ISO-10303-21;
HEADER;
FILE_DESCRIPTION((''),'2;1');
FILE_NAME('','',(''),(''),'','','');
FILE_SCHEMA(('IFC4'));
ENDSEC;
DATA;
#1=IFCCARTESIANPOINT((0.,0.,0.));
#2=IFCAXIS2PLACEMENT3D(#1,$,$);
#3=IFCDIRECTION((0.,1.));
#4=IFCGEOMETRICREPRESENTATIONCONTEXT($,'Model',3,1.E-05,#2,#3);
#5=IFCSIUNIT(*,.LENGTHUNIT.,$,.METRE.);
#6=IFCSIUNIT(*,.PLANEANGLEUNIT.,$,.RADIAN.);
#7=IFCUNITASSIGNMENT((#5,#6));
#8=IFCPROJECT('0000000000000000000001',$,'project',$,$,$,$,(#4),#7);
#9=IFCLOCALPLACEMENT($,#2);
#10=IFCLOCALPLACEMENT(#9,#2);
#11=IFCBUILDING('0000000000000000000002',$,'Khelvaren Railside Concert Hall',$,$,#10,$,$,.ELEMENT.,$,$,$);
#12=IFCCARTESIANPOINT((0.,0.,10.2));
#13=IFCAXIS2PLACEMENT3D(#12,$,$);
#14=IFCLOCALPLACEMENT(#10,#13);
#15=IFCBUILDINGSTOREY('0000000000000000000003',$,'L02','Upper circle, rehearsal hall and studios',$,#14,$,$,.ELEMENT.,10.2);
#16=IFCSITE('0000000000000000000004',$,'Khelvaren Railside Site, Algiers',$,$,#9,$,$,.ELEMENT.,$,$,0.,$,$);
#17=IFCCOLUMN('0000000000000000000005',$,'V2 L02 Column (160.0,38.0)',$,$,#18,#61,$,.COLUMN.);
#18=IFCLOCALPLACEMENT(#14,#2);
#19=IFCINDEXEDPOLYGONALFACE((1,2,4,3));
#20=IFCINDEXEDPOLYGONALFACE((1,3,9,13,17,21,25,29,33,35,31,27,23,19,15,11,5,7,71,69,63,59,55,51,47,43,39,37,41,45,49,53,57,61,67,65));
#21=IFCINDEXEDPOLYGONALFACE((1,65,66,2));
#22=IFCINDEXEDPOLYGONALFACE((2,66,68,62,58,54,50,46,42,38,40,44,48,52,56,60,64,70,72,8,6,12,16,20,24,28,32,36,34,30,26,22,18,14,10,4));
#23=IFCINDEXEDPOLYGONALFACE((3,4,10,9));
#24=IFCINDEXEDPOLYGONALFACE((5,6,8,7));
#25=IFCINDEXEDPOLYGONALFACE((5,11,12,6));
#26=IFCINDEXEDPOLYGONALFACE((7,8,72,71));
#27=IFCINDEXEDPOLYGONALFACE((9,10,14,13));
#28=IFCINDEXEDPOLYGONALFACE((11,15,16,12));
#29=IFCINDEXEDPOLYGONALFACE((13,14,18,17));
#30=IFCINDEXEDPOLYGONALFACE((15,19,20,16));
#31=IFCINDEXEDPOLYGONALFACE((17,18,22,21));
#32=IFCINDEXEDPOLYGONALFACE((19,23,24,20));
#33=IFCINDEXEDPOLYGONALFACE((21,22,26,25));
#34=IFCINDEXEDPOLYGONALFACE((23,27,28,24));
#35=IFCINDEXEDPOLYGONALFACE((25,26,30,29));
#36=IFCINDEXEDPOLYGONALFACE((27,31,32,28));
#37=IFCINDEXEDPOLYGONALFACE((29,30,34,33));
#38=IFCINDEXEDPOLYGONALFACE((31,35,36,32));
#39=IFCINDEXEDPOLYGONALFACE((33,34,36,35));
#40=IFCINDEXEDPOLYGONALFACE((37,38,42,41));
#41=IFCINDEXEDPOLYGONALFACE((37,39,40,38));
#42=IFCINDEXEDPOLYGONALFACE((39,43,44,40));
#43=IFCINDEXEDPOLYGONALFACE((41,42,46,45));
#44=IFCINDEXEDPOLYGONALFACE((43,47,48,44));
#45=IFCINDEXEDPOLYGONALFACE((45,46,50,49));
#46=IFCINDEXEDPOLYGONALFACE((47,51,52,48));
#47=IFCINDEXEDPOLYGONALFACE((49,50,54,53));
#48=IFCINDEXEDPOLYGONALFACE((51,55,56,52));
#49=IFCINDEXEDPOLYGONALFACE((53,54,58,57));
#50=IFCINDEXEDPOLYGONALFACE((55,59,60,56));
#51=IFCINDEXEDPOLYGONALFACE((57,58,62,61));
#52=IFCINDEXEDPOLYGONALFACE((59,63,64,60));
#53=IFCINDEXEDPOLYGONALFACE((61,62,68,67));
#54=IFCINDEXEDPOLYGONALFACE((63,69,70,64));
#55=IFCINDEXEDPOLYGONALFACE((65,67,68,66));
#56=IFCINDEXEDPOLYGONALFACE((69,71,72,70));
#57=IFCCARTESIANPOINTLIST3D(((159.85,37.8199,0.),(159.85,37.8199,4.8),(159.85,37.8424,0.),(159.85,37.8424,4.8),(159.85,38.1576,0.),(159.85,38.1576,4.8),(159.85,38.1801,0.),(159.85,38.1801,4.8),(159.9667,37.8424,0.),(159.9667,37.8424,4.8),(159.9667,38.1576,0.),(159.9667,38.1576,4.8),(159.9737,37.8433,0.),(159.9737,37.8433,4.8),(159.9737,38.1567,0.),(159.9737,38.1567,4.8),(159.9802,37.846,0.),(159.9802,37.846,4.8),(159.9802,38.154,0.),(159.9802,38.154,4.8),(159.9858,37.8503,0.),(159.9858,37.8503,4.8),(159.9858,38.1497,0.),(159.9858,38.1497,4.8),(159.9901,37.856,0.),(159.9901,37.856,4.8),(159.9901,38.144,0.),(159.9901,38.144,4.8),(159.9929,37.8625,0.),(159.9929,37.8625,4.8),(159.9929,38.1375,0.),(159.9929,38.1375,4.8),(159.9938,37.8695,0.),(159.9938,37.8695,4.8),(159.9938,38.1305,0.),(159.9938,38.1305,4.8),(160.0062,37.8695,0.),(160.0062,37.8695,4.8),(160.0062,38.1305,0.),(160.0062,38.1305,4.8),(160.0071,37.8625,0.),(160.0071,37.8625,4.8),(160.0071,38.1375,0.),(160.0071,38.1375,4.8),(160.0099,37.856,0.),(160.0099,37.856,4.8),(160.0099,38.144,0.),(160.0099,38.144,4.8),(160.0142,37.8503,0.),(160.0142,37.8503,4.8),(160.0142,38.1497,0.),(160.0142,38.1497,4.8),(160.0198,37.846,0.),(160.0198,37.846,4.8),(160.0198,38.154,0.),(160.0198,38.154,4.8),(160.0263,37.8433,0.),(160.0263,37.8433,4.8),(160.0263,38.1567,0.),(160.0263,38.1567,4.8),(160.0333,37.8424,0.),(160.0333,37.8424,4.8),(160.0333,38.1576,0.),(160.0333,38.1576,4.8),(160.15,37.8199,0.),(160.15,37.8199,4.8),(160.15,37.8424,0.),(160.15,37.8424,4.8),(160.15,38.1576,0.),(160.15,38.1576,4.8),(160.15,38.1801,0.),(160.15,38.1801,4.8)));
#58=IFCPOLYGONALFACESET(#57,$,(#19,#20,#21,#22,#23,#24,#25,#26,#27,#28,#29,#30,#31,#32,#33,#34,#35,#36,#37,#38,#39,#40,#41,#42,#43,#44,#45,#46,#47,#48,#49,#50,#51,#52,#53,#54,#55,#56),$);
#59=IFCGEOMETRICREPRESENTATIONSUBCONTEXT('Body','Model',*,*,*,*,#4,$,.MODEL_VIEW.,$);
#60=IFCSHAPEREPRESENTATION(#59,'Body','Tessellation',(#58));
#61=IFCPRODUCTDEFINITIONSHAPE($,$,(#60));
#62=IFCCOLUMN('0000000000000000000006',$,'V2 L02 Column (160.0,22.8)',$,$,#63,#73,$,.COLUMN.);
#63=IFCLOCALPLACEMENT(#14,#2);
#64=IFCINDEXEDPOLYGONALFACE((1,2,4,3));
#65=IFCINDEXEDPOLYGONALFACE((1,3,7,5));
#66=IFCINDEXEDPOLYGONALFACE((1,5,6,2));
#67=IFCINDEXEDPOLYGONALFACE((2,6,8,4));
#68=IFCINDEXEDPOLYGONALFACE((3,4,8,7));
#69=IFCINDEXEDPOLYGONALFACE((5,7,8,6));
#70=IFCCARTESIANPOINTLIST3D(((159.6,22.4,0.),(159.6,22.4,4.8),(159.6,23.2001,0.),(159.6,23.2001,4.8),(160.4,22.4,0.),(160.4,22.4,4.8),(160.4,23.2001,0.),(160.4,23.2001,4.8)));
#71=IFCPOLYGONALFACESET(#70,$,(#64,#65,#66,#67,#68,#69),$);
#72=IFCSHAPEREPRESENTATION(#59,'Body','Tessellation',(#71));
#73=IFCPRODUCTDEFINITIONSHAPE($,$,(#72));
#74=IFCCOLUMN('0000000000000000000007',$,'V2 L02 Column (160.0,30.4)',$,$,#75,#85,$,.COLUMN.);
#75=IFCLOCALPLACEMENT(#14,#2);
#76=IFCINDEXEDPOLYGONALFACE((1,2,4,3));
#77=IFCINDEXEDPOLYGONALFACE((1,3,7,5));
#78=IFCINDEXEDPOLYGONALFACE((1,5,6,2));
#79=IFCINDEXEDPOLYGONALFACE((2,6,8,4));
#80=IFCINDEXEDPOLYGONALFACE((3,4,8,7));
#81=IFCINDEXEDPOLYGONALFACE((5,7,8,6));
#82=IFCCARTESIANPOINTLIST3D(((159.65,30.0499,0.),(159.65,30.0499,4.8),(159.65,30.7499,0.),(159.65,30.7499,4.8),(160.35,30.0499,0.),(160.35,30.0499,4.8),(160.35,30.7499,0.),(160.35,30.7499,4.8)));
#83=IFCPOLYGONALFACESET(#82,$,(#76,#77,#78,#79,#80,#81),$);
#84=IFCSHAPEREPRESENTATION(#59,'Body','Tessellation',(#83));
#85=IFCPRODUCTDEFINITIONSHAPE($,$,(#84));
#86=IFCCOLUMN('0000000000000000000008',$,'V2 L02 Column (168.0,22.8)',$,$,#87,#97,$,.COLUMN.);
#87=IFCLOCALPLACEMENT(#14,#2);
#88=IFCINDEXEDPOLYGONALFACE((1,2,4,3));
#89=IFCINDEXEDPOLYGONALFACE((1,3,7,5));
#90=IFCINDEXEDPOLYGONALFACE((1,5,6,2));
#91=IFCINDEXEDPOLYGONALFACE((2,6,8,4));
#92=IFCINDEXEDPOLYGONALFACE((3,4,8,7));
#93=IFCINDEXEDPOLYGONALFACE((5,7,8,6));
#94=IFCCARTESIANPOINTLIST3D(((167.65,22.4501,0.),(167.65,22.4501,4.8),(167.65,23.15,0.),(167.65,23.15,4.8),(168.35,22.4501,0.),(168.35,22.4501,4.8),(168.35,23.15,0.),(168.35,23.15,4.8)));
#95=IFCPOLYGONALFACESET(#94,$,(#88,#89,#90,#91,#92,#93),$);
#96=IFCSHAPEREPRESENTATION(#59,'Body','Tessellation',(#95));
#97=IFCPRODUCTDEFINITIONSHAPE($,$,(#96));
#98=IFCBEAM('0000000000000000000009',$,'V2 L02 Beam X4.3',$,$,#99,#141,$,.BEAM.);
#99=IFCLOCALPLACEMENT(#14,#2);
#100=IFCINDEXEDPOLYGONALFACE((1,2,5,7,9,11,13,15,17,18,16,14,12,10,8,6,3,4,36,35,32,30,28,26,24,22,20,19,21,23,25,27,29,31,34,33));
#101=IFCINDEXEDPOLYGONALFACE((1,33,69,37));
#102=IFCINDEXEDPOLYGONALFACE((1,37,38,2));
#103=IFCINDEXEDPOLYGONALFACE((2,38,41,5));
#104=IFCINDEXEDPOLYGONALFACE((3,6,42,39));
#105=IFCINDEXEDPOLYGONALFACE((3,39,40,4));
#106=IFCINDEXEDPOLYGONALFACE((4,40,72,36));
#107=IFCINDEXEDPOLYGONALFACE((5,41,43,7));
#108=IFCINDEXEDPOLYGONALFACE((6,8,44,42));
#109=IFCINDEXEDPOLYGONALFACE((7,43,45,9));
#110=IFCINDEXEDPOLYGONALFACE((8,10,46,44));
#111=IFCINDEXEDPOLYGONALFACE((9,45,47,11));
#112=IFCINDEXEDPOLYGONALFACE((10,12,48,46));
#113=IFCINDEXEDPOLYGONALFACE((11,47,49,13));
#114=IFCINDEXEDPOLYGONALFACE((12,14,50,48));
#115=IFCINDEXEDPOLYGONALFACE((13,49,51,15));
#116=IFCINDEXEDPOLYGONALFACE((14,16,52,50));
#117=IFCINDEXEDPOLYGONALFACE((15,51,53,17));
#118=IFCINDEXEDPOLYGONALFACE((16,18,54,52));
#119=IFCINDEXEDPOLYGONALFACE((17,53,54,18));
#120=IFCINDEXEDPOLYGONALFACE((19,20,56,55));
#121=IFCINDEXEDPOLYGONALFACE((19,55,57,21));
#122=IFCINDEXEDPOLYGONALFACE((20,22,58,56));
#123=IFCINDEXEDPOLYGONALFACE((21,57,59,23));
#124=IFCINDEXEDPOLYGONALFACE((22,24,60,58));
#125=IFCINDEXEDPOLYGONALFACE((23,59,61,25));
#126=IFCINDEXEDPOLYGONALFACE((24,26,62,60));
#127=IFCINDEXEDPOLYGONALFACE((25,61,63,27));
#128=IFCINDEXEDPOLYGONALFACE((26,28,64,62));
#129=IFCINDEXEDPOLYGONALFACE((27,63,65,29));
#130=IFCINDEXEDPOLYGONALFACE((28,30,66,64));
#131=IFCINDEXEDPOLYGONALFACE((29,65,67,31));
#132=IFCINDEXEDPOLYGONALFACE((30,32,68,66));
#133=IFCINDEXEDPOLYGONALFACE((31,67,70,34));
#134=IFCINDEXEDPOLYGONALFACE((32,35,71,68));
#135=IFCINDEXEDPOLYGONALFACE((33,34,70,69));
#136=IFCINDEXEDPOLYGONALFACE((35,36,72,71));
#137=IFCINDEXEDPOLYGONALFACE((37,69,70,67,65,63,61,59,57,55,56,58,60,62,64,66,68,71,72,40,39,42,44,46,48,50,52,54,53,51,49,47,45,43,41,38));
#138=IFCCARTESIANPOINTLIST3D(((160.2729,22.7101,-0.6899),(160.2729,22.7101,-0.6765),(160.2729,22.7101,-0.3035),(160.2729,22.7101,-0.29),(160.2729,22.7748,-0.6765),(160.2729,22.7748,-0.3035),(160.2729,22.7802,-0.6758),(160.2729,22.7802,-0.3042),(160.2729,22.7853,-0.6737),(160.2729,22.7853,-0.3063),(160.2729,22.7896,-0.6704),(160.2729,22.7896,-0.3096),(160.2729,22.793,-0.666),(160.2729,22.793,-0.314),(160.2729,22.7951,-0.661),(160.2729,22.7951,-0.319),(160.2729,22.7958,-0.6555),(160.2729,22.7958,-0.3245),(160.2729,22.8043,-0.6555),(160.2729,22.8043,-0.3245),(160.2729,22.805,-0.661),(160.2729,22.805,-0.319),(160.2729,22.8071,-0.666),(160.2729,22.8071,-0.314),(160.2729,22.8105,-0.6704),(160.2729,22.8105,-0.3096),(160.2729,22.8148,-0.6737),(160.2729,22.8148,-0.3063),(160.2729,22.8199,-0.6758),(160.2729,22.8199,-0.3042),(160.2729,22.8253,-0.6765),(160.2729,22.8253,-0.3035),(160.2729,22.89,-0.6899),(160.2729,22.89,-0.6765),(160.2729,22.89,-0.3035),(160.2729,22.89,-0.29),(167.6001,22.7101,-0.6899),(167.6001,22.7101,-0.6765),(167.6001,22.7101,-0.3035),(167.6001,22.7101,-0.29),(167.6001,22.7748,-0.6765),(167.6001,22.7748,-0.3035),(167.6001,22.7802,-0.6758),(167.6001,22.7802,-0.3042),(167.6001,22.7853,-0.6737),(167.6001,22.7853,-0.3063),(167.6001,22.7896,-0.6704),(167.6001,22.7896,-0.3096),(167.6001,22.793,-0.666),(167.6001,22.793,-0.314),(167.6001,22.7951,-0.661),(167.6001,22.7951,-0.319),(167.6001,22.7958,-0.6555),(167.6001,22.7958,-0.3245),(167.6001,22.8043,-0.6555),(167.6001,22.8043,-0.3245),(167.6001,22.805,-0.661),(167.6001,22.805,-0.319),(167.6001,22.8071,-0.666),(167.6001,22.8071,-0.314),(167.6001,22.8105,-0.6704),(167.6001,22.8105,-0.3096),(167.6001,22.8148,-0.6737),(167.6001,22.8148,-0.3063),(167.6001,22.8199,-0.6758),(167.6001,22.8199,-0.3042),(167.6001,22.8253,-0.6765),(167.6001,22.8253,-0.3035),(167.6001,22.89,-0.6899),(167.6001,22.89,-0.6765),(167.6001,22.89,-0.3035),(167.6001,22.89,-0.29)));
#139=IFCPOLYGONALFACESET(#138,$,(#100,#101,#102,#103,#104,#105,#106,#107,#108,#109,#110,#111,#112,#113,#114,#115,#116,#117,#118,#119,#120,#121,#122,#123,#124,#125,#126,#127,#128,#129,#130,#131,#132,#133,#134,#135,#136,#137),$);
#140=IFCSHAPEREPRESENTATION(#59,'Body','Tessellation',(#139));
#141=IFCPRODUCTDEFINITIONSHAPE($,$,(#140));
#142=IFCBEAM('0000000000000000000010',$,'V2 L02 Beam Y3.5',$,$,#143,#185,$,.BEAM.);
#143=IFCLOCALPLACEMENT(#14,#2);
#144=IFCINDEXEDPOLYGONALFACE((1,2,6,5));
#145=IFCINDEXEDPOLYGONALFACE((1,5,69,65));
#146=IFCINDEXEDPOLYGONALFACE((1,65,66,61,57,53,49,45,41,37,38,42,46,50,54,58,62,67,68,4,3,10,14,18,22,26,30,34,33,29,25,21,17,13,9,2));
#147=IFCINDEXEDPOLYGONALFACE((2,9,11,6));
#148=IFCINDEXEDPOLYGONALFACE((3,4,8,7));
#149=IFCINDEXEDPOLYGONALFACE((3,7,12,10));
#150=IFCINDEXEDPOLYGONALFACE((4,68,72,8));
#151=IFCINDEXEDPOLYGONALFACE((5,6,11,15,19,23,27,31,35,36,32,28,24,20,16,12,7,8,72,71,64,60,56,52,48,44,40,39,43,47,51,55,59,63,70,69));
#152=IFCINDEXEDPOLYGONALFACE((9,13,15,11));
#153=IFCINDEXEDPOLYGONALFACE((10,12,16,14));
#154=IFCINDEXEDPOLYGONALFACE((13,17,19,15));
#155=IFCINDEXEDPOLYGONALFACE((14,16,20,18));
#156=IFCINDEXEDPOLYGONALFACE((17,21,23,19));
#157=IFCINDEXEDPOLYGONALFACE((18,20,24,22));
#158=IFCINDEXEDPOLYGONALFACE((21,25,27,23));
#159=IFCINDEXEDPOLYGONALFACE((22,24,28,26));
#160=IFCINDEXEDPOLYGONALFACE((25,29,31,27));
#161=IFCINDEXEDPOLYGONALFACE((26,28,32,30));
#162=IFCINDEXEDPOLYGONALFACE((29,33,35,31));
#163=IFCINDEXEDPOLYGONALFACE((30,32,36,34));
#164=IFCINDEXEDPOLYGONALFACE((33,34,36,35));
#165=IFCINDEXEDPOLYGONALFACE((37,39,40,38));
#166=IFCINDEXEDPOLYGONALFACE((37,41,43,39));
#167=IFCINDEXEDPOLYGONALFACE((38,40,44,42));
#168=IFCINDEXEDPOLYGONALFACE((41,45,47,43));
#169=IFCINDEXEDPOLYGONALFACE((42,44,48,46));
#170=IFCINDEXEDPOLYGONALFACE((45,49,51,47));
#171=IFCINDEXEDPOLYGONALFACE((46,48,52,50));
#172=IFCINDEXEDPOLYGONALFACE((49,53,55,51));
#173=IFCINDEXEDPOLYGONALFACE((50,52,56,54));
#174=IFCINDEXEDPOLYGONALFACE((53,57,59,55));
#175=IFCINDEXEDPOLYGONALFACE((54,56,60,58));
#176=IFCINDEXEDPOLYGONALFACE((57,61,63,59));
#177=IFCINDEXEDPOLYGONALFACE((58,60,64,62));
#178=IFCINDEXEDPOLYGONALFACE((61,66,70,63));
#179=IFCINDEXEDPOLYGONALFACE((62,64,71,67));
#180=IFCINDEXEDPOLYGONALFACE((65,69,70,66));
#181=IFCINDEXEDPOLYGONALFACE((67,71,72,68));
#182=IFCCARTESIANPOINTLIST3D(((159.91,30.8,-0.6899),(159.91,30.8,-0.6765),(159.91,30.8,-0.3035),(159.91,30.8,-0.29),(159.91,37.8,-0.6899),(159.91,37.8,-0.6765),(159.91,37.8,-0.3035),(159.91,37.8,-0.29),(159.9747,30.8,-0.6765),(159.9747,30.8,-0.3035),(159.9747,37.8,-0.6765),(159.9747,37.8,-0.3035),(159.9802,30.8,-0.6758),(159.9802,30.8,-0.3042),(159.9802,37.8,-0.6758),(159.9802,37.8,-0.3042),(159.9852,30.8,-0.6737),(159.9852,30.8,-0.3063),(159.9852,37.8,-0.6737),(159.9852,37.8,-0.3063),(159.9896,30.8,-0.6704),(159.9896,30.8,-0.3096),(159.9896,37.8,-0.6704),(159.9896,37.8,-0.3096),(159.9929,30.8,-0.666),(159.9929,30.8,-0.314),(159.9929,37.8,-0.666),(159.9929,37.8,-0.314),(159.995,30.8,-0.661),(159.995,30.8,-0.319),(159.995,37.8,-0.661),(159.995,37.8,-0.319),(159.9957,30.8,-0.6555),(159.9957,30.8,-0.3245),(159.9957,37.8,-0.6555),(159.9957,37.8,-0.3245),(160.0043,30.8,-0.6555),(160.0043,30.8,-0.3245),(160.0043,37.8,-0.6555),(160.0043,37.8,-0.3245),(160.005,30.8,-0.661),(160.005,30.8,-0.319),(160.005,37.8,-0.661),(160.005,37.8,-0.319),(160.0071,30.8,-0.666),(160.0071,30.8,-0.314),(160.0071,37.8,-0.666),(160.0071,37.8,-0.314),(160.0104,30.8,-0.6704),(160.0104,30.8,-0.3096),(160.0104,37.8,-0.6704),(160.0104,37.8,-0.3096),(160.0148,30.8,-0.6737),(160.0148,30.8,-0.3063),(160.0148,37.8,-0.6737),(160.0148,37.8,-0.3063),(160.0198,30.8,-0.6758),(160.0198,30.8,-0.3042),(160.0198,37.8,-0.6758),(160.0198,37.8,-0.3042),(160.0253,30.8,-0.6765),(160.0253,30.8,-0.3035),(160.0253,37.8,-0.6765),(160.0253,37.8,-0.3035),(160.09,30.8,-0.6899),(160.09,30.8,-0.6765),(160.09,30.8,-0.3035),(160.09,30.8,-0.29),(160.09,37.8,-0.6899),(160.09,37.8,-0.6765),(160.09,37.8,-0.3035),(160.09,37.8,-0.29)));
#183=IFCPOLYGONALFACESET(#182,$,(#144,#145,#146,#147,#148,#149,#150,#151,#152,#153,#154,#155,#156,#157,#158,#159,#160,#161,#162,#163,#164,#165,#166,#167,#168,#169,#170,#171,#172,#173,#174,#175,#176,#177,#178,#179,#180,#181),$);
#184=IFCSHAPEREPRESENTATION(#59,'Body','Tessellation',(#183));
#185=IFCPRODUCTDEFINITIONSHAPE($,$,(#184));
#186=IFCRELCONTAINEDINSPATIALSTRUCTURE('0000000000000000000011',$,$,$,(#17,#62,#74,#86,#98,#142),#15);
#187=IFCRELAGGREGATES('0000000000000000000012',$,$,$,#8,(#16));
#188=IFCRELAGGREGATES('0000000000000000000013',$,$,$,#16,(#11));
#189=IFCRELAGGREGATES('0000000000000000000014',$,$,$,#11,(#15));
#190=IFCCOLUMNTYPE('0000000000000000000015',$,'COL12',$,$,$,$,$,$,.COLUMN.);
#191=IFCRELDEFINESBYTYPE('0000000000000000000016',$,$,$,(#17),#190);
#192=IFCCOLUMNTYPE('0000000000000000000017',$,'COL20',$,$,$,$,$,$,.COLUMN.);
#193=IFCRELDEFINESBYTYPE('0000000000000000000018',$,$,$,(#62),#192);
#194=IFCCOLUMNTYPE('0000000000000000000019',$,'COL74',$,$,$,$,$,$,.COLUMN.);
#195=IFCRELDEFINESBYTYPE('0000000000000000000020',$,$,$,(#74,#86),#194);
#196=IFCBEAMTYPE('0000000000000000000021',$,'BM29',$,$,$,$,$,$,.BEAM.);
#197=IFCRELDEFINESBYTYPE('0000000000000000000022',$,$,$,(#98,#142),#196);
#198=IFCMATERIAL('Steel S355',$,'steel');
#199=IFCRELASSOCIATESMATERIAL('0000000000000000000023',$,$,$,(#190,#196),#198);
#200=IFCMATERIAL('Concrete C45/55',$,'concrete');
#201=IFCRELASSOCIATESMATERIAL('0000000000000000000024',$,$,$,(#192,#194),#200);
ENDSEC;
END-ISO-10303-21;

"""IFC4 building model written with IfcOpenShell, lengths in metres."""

from ifc_helpers import new_model, si_unit, direction, frame, origin, origin_2d, place, context, subcontext, project, spatial, rectangle, i_section, extrude, material, material_profile, profile_set, type_object, element, save


model = new_model("IFC4")

# Units and contexts
model_context = context("Model", 3, precision=1e-05, world=origin(), true_north=direction((0.0, 1.0)))
body_context = subcontext(model_context, "Body", "Model", "MODEL_VIEW")
ifc_project = project(units=[si_unit("LENGTHUNIT", "METRE"), si_unit("PLANEANGLEUNIT", "RADIAN")], contexts=[model_context])

# Site, building, storey
site_placement = place(None, origin())
site = spatial("IfcSite", under=ifc_project, at=site_placement, Name="Khelvaren Railside Site, Algiers", CompositionType="ELEMENT", RefElevation=0.0)
building_placement = place(site_placement, origin())
building = spatial("IfcBuilding", under=site, at=building_placement, Name="Khelvaren Railside Concert Hall", CompositionType="ELEMENT")
storey_placement = place(building_placement, frame((0.0, 0.0, 10.2)))
storey = spatial("IfcBuildingStorey", under=building, at=storey_placement, Name="L02", Description="Upper circle, rehearsal hall and studios", CompositionType="ELEMENT", Elevation=10.2)

# Columns
ifc_material_1 = material(Name="Steel S355", Category="steel")
ifc_material_profile_1 = material_profile(ifc_material_1, i_section(OverallWidth=0.3, OverallDepth=0.3601, WebThickness=0.0125, FlangeThickness=0.0225, FilletRadius=0.0271, at=origin_2d()), Name="HEB 360")
ifc_profile_set_1 = profile_set([ifc_material_profile_1], Name="Steel S355")
column_type_1 = type_object("IfcColumnType", Name="COL12", PredefinedType="COLUMN", material=ifc_profile_set_1)
column_1_placement = place(storey_placement, frame((160.0, 38.0, 0.0), z_axis=(0.0, 0.0, 1.0), x_axis=(1.0, 0.0, 0.0)))
element("IfcColumn", 1, at=column_1_placement, inside=storey, type_object=column_type_1, Name="V2 L02 Column (160.0,38.0)", PredefinedType="COLUMN", context=body_context, shape_type="SweptSolid", body=[
    extrude(i_section(OverallWidth=0.3, OverallDepth=0.3601, WebThickness=0.0125, FlangeThickness=0.0225, FilletRadius=0.0271, at=origin_2d()), origin(), (0.0, 0.0, 1.0), 4.8),
])
ifc_material_2 = material(Name="Concrete C45/55", Category="concrete")
ifc_material_profile_2 = material_profile(ifc_material_2, rectangle(XDim=0.8, YDim=0.8, at=origin_2d()), Name="RC 800x800")
ifc_profile_set_2 = profile_set([ifc_material_profile_2], Name="Concrete C45/55")
column_type_2 = type_object("IfcColumnType", Name="COL20", PredefinedType="COLUMN", material=ifc_profile_set_2)
column_2_placement = place(storey_placement, frame((160.0, 22.8, 0.0), z_axis=(0.0, 0.0, 1.0), x_axis=(1.0, 0.0, 0.0)))
element("IfcColumn", 2, at=column_2_placement, inside=storey, type_object=column_type_2, Name="V2 L02 Column (160.0,22.8)", PredefinedType="COLUMN", context=body_context, shape_type="SweptSolid", body=[
    extrude(rectangle(XDim=0.8, YDim=0.8, at=origin_2d()), origin(), (0.0, 0.0, 1.0), 4.8),
])
ifc_material_profile_3 = material_profile(ifc_material_2, rectangle(XDim=0.7, YDim=0.7, at=origin_2d()), Name="RC 700x700")
ifc_profile_set_3 = profile_set([ifc_material_profile_3], Name="Concrete C45/55")
column_type_3 = type_object("IfcColumnType", Name="COL74", PredefinedType="COLUMN", material=ifc_profile_set_3)
for number, where, z_axis, x_axis, name in (
    (3, (160.0, 30.3999, 0.0), (0.0, 0.0, 1.0), (1.0, 0.0, 0.0), "V2 L02 Column (160.0,30.4)"),
    (4, (168.0, 22.8, 0.0), (0.0, 0.0, 1.0), (1.0, 0.0, 0.0), "V2 L02 Column (168.0,22.8)"),
):
    element("IfcColumn", number, at=place(storey_placement, frame(where, z_axis=z_axis, x_axis=x_axis)), inside=storey, type_object=column_type_3, Name=name, PredefinedType="COLUMN", context=body_context, shape_type="SweptSolid", body=[
        extrude(rectangle(XDim=0.7, YDim=0.7, at=origin_2d()), origin(), (0.0, 0.0, 1.0), 4.8),
    ])

# Beams
ifc_material_profile_4 = material_profile(ifc_material_1, i_section(OverallWidth=0.1799, OverallDepth=0.3999, WebThickness=0.0085, FlangeThickness=0.0134, FilletRadius=0.021, at=origin_2d()), Name="IPE 400")
ifc_profile_set_4 = profile_set([ifc_material_profile_4], Name="Steel S355")
beam_type_1 = type_object("IfcBeamType", Name="BM29", PredefinedType="BEAM", material=ifc_profile_set_4)
beam_1_placement = place(storey_placement, frame((160.2729, 22.8, -0.49), z_axis=(1.0, 0.0, 0.0), x_axis=(0.0, 1.0, 0.0)))
element("IfcBeam", 5, at=beam_1_placement, inside=storey, type_object=beam_type_1, Name="V2 L02 Beam X4.3", PredefinedType="BEAM", context=body_context, shape_type="SweptSolid", body=[
    extrude(i_section(OverallWidth=0.1799, OverallDepth=0.3999, WebThickness=0.0085, FlangeThickness=0.0134, FilletRadius=0.021, at=origin_2d()), origin(), (0.0, 0.0, 1.0), 7.3271),
])
beam_2_placement = place(storey_placement, frame((160.0, 30.8, -0.49), z_axis=(0.0, 1.0, 0.0), x_axis=(-1.0, 0.0, 0.0)))
element("IfcBeam", 6, at=beam_2_placement, inside=storey, type_object=beam_type_1, Name="V2 L02 Beam Y3.5", PredefinedType="BEAM", context=body_context, shape_type="SweptSolid", body=[
    extrude(i_section(OverallWidth=0.1799, OverallDepth=0.3999, WebThickness=0.0085, FlangeThickness=0.0134, FilletRadius=0.021, at=origin_2d()), origin(), (0.0, 0.0, 1.0), 7.0),
])

save(model, "model.ifc")
